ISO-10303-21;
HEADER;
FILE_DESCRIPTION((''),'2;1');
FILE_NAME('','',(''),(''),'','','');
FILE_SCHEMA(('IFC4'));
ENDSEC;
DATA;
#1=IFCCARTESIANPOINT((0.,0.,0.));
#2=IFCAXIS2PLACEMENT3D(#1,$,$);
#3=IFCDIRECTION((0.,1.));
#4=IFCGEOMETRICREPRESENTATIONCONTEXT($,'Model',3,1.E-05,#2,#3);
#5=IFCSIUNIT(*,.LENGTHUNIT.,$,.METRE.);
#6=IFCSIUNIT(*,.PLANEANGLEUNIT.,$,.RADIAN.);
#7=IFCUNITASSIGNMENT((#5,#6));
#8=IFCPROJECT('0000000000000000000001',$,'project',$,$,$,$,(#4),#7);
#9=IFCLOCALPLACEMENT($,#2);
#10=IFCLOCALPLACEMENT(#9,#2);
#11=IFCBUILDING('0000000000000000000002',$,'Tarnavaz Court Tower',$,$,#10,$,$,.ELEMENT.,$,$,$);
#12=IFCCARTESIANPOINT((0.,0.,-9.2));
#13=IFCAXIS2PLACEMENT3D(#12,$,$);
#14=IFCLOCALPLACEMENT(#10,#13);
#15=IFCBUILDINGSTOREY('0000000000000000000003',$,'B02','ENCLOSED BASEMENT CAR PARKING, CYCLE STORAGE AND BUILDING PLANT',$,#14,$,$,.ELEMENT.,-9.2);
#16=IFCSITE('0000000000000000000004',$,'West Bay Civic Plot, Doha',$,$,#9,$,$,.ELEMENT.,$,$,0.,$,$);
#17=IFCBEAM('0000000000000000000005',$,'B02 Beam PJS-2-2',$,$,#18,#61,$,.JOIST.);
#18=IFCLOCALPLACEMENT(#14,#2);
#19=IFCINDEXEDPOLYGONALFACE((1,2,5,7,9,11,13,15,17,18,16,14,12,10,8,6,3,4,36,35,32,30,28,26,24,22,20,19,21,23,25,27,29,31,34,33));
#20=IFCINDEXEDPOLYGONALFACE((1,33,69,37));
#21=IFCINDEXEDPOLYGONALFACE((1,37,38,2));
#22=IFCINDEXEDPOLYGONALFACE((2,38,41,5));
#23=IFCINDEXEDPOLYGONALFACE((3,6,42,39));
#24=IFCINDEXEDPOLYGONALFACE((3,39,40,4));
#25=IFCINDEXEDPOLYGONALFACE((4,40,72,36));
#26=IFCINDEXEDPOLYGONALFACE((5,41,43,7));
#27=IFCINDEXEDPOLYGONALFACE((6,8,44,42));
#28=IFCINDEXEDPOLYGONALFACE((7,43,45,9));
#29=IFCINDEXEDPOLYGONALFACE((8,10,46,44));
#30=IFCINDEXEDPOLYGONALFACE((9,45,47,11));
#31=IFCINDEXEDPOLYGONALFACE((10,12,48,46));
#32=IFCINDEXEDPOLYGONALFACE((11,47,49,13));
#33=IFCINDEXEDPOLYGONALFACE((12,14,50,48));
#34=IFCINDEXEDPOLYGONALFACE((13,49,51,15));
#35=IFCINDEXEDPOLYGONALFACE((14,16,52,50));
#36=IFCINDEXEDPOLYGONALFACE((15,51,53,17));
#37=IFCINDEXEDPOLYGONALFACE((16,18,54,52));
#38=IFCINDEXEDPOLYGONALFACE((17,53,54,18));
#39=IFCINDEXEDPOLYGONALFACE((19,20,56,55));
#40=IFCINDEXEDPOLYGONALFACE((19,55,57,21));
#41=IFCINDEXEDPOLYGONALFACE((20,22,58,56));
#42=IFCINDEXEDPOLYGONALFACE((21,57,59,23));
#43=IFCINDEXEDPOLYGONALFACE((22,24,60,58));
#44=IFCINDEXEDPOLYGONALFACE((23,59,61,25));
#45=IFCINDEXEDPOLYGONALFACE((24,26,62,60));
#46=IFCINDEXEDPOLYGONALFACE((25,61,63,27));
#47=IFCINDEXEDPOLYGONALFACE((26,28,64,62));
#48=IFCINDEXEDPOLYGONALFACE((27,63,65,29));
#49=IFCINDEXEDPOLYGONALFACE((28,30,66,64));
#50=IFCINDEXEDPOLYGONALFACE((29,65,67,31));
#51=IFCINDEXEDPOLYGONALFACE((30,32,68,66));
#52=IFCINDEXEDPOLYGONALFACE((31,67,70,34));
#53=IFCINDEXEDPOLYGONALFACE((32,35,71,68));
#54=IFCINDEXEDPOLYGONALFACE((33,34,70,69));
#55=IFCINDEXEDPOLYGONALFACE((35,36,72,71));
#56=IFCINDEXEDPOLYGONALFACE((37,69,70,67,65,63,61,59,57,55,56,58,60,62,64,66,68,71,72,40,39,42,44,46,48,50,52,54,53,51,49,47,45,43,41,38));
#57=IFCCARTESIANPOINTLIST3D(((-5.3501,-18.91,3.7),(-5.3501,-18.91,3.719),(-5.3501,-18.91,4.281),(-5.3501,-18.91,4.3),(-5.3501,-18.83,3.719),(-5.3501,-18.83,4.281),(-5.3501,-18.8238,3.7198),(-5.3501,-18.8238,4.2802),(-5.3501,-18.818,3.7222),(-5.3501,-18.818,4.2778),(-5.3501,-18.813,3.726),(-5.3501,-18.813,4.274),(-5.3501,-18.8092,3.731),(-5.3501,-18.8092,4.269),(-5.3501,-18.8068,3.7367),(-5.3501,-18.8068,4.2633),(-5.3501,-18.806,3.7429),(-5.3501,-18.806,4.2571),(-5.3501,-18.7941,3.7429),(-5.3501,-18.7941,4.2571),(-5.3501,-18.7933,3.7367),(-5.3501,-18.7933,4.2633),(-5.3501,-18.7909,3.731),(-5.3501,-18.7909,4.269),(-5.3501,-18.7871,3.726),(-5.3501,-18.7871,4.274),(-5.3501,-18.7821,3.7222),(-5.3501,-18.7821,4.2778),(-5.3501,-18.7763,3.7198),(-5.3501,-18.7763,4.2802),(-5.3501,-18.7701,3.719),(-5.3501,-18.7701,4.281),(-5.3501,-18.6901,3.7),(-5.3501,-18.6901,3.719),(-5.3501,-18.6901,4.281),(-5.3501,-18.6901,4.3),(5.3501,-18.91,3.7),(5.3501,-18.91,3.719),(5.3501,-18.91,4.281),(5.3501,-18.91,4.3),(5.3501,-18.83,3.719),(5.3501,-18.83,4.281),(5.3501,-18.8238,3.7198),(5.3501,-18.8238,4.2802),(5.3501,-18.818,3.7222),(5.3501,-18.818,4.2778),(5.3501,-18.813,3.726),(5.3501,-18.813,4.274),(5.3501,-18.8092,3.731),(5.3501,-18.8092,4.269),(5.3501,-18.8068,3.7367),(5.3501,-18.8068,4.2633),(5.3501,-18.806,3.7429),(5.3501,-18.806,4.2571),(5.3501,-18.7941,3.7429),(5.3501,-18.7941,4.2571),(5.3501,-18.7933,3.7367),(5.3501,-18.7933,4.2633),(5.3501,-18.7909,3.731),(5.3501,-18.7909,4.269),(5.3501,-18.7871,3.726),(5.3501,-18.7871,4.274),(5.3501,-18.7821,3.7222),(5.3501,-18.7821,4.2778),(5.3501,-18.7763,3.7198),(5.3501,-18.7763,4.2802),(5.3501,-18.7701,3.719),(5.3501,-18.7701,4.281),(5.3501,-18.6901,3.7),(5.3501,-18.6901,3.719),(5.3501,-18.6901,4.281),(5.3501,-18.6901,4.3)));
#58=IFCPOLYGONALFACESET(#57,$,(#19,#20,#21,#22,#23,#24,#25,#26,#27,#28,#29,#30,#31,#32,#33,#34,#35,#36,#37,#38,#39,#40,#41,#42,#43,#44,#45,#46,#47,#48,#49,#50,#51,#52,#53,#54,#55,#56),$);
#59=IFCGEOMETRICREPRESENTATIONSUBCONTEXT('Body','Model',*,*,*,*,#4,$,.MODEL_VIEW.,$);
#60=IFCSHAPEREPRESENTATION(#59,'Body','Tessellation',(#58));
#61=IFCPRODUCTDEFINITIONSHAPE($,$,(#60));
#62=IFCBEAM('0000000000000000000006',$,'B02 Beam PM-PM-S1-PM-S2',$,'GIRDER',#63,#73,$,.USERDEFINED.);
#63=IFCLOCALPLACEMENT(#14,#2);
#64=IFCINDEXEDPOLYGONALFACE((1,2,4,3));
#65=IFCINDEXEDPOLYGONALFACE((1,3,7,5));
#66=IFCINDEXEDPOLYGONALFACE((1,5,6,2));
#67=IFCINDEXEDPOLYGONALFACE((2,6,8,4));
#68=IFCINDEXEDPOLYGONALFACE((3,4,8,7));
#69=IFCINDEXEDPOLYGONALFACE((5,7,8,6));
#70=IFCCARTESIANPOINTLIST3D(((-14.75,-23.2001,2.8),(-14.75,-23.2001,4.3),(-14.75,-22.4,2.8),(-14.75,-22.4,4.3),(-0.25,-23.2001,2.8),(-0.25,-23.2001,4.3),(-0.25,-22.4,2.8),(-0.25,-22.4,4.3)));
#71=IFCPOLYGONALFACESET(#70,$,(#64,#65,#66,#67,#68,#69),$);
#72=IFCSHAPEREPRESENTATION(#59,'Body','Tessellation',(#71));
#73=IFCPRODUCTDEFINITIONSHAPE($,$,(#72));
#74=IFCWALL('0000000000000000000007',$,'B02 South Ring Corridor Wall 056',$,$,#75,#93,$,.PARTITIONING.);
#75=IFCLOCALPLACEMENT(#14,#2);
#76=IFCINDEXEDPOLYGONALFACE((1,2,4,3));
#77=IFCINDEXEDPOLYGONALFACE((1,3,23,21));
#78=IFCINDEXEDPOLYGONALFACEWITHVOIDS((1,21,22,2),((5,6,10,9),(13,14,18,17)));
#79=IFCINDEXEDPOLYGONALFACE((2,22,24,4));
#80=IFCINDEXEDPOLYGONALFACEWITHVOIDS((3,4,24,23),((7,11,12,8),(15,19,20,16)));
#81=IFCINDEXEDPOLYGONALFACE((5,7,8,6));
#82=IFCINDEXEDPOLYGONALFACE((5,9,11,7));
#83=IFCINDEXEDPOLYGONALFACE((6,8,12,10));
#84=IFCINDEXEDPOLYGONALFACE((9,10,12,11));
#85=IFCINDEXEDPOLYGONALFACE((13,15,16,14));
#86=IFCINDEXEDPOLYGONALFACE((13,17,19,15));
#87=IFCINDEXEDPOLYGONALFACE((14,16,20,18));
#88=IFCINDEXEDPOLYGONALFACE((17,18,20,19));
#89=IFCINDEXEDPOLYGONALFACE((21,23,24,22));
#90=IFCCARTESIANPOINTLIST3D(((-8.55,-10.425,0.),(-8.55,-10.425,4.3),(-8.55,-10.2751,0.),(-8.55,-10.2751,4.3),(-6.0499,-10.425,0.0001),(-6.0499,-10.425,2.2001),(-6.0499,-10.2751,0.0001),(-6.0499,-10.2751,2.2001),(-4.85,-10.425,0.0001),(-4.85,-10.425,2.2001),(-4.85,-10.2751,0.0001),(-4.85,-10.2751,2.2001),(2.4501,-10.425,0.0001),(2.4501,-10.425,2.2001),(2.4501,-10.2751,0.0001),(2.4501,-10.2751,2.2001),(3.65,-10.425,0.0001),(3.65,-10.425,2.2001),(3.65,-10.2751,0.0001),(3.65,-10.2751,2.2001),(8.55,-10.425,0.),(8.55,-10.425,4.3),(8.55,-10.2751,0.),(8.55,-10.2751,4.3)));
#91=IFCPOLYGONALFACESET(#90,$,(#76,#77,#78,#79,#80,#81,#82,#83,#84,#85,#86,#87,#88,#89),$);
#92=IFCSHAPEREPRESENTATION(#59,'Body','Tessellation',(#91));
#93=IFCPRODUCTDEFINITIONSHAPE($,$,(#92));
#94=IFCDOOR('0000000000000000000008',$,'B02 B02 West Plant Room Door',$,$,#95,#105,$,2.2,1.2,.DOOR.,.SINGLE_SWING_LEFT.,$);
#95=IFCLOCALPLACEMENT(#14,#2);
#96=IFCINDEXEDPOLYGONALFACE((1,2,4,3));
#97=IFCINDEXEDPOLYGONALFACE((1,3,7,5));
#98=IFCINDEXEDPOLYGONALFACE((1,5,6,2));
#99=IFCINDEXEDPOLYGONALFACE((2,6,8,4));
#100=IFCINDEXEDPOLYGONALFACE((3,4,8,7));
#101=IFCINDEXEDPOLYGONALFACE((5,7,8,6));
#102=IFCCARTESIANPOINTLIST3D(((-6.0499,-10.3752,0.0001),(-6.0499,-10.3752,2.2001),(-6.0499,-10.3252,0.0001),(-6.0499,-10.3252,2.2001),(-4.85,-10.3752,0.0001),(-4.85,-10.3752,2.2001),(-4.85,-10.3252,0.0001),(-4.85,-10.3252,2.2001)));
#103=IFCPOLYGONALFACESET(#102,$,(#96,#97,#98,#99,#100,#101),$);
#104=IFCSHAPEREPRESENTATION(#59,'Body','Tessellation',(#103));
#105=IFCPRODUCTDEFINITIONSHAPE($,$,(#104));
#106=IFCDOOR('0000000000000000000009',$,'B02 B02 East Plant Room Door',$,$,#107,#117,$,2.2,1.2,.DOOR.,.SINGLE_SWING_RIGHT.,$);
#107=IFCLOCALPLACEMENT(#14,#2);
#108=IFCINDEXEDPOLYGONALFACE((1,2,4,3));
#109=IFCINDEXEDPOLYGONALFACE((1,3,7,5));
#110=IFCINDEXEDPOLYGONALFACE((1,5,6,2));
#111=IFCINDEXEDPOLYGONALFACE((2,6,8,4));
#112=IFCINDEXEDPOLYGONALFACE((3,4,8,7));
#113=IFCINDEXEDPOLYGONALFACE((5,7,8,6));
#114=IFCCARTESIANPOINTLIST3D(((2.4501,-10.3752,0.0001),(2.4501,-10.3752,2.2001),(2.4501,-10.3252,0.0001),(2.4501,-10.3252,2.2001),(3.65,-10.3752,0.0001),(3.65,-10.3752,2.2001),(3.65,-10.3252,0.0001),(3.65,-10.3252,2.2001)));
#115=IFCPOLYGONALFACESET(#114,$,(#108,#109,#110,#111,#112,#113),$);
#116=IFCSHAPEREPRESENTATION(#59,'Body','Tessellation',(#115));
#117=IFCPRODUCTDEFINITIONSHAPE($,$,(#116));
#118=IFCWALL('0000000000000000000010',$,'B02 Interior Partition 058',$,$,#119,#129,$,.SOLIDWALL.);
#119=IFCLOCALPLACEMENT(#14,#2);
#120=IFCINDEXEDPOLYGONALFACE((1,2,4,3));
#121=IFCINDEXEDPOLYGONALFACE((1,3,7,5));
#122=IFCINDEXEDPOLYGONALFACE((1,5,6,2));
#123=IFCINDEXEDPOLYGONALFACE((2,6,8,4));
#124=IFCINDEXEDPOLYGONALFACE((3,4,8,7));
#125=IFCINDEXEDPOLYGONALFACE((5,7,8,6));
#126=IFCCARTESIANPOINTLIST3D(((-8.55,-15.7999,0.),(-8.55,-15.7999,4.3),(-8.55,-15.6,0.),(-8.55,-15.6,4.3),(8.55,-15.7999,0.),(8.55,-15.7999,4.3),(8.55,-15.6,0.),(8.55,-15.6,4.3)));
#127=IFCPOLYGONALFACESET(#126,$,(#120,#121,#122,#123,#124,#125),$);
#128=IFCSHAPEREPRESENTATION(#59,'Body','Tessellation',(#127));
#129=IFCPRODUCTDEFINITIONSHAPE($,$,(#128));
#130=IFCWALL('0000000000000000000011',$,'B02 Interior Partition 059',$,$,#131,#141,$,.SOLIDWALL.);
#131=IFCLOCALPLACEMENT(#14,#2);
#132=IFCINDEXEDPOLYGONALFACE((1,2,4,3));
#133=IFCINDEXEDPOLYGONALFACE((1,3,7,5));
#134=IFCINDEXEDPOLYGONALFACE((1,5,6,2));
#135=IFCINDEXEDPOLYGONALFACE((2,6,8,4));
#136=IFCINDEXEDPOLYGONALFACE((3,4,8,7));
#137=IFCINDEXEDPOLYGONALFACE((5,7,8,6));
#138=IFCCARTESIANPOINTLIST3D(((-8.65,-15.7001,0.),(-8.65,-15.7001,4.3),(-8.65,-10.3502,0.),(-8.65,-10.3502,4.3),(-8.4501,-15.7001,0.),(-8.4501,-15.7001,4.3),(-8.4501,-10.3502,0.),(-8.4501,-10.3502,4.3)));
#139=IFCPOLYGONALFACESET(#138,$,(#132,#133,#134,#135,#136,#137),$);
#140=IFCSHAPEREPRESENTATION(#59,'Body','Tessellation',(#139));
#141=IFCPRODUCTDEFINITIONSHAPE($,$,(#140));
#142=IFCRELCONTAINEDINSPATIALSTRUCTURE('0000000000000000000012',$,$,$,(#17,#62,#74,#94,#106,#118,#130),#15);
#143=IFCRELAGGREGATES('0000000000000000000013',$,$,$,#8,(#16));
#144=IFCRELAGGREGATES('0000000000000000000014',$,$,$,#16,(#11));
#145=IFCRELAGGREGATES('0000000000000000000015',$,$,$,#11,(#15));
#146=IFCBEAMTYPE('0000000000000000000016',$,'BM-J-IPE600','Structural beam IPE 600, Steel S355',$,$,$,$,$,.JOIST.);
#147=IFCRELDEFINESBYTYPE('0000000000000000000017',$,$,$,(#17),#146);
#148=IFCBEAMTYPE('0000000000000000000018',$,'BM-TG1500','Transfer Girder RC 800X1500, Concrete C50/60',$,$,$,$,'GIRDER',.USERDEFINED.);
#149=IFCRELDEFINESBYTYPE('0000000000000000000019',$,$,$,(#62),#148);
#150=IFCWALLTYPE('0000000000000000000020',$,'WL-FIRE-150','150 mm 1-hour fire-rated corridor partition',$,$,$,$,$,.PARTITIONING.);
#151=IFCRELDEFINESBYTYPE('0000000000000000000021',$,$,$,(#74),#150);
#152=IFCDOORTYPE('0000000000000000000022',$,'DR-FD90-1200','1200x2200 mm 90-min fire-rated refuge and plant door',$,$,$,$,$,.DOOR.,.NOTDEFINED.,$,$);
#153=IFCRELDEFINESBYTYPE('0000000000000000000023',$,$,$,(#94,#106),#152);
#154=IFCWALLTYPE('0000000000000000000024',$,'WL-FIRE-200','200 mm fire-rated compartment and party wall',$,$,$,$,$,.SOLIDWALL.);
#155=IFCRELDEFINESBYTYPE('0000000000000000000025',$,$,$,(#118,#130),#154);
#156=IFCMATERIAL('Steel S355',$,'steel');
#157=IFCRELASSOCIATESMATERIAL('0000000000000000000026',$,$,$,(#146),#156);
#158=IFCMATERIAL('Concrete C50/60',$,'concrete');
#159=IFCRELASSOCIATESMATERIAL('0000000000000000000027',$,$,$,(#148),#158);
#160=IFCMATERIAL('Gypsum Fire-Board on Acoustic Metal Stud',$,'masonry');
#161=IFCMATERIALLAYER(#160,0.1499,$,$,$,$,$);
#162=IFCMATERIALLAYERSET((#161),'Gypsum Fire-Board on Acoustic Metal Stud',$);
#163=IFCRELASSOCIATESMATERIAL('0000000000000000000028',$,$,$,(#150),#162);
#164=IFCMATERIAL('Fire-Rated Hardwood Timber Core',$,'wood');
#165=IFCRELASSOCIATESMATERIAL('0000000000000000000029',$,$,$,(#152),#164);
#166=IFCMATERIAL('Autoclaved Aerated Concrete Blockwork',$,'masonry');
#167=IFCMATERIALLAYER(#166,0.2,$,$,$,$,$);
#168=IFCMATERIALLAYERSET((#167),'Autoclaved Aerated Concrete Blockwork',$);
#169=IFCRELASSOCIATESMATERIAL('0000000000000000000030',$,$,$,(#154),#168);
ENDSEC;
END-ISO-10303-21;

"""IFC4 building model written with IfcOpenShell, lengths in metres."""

from ifc_helpers import new_model, si_unit, direction, frame, frame_2d, origin, origin_2d, place, context, subcontext, project, spatial, rectangle, i_section, extrude, material, layer, layer_set, material_profile, profile_set, type_object, element, fill, save


model = new_model("IFC4")

# Units and contexts
model_context = context("Model", 3, precision=1e-05, world=origin(), true_north=direction((0.0, 1.0)))
body_context = subcontext(model_context, "Body", "Model", "MODEL_VIEW")
ifc_project = project(units=[si_unit("LENGTHUNIT", "METRE"), si_unit("PLANEANGLEUNIT", "RADIAN")], contexts=[model_context])

# Site, building, storey
site_placement = place(None, origin())
site = spatial("IfcSite", under=ifc_project, at=site_placement, Name="West Bay Civic Plot, Doha", CompositionType="ELEMENT", RefElevation=0.0)
building_placement = place(site_placement, origin())
building = spatial("IfcBuilding", under=site, at=building_placement, Name="Tarnavaz Court Tower", CompositionType="ELEMENT")
storey_placement = place(building_placement, frame((0.0, 0.0, -9.2)))
storey = spatial("IfcBuildingStorey", under=building, at=storey_placement, Name="B02", Description="ENCLOSED BASEMENT CAR PARKING, CYCLE STORAGE AND BUILDING PLANT", CompositionType="ELEMENT", Elevation=-9.2)

# Shared definitions
ifc_material_1 = material(Name="Concrete C50/60", Category="concrete")

# Beams
ifc_material_2 = material(Name="Steel S355", Category="steel")
ifc_material_profile_1 = material_profile(ifc_material_2, i_section(OverallWidth=0.22, OverallDepth=0.6001, WebThickness=0.012, FlangeThickness=0.019, FilletRadius=0.0239, at=origin_2d()), Name="IPE 600")
ifc_profile_set_1 = profile_set([ifc_material_profile_1], Name="Steel S355")
beam_type_1 = type_object("IfcBeamType", Name="BM-J-IPE600", Description="Structural beam IPE 600, Steel S355", PredefinedType="JOIST", material=ifc_profile_set_1)
beam_1_placement = place(storey_placement, frame((-5.3501, -18.8, 4.0), z_axis=(1.0, 0.0, 0.0), x_axis=(0.0, 1.0, 0.0)))
element("IfcBeam", 1, at=beam_1_placement, inside=storey, type_object=beam_type_1, Name="B02 Beam PJS-2-2", PredefinedType="JOIST", context=body_context, shape_type="SweptSolid", body=[
    extrude(i_section(OverallWidth=0.22, OverallDepth=0.6001, WebThickness=0.012, FlangeThickness=0.019, FilletRadius=0.0239, at=origin_2d()), origin(), (0.0, 0.0, 1.0), 10.7002),
])
ifc_material_profile_2 = material_profile(ifc_material_1, rectangle(XDim=0.8, YDim=1.5, at=origin_2d()), Name="RC 800X1500")
ifc_profile_set_2 = profile_set([ifc_material_profile_2], Name="Concrete C50/60")
beam_type_2 = type_object("IfcBeamType", Name="BM-TG1500", Description="Transfer Girder RC 800X1500, Concrete C50/60", ElementType="GIRDER", PredefinedType="USERDEFINED", material=ifc_profile_set_2)
beam_2_placement = place(storey_placement, frame((-14.75, -22.8, 3.55), z_axis=(1.0, 0.0, 0.0), x_axis=(0.0, 1.0, 0.0)))
element("IfcBeam", 2, at=beam_2_placement, inside=storey, type_object=beam_type_2, Name="B02 Beam PM-PM-S1-PM-S2", ObjectType="GIRDER", PredefinedType="USERDEFINED", context=body_context, shape_type="SweptSolid", body=[
    extrude(rectangle(XDim=0.8, YDim=1.5, at=origin_2d()), origin(), (0.0, 0.0, 1.0), 14.5),
])

# Wall, openings, doors
ifc_material_3 = material(Name="Gypsum Fire-Board on Acoustic Metal Stud", Category="masonry")
ifc_layer_1 = layer(ifc_material_3, 0.1499)
ifc_layer_set_1 = layer_set([ifc_layer_1], Name="Gypsum Fire-Board on Acoustic Metal Stud")
wall_type_1 = type_object("IfcWallType", Name="WL-FIRE-150", Description="150 mm 1-hour fire-rated corridor partition", PredefinedType="PARTITIONING", material=ifc_layer_set_1)
wall_1_placement = place(storey_placement, frame((-8.55, -10.3501, 0.0), z_axis=(0.0, 0.0, 1.0), x_axis=(1.0, 0.0, 0.0)))
wall_1 = element("IfcWall", 3, at=wall_1_placement, inside=storey, type_object=wall_type_1, Name="B02 South Ring Corridor Wall 056", PredefinedType="PARTITIONING", context=body_context, shape_type="SweptSolid", body=[
    extrude(rectangle(XDim=17.1001, YDim=0.1499, at=frame_2d((8.55, 0.0))), origin(), (0.0, 0.0, 1.0), 4.3),
])
opening_1_placement = place(wall_1_placement, frame((2.5, 0.0, 0.0)))
opening_1 = element("IfcOpeningElement", 4, at=opening_1_placement, cuts=wall_1, PredefinedType="OPENING", context=body_context, shape_type="SweptSolid", body=[
    extrude(rectangle(XDim=1.2, YDim=2.2, at=frame_2d((0.6001, 1.1001))), frame((0.0, 0.085, 0.0), z_axis=(0.0, -1.0, 0.0), x_axis=(1.0, 0.0, 0.0)), (0.0, 0.0, 1.0), 0.1699),
])
opening_2_placement = place(wall_1_placement, frame((11.0, 0.0, 0.0)))
opening_2 = element("IfcOpeningElement", 5, at=opening_2_placement, cuts=wall_1, PredefinedType="OPENING", context=body_context, shape_type="SweptSolid", body=[
    extrude(rectangle(XDim=1.2, YDim=2.2, at=frame_2d((0.6001, 1.1001))), frame((0.0, 0.085, 0.0), z_axis=(0.0, -1.0, 0.0), x_axis=(1.0, 0.0, 0.0)), (0.0, 0.0, 1.0), 0.1699),
])
ifc_material_4 = material(Name="Fire-Rated Hardwood Timber Core", Category="wood")
door_type = type_object("IfcDoorType", Name="DR-FD90-1200", Description="1200x2200 mm 90-min fire-rated refuge and plant door", OperationType="NOTDEFINED", PredefinedType="DOOR", material=ifc_material_4)
door_1_placement = place(opening_1_placement, origin())
door_1 = element("IfcDoor", 6, at=door_1_placement, inside=storey, type_object=door_type, Name="B02 B02 West Plant Room Door", OperationType="SINGLE_SWING_LEFT", OverallHeight=2.2, OverallWidth=1.2, PredefinedType="DOOR", context=body_context, shape_type="SweptSolid", body=[
    extrude(rectangle(XDim=1.2, YDim=2.2, at=frame_2d((0.6001, 1.1001))), frame((0.0, 0.0249, 0.0), z_axis=(0.0, -1.0, 0.0), x_axis=(1.0, 0.0, 0.0)), (0.0, 0.0, 1.0), 0.05),
])
fill(opening_1, door_1)
door_2_placement = place(opening_2_placement, origin())
door_2 = element("IfcDoor", 7, at=door_2_placement, inside=storey, type_object=door_type, Name="B02 B02 East Plant Room Door", OperationType="SINGLE_SWING_RIGHT", OverallHeight=2.2, OverallWidth=1.2, PredefinedType="DOOR", context=body_context, shape_type="SweptSolid", body=[
    extrude(rectangle(XDim=1.2, YDim=2.2, at=frame_2d((0.6001, 1.1001))), frame((0.0, 0.0249, 0.0), z_axis=(0.0, -1.0, 0.0), x_axis=(1.0, 0.0, 0.0)), (0.0, 0.0, 1.0), 0.05),
])
fill(opening_2, door_2)

# Walls
ifc_material_5 = material(Name="Autoclaved Aerated Concrete Blockwork", Category="masonry")
ifc_layer_2 = layer(ifc_material_5, 0.2)
ifc_layer_set_2 = layer_set([ifc_layer_2], Name="Autoclaved Aerated Concrete Blockwork")
wall_type_2 = type_object("IfcWallType", Name="WL-FIRE-200", Description="200 mm fire-rated compartment and party wall", PredefinedType="SOLIDWALL", material=ifc_layer_set_2)
wall_2_placement = place(storey_placement, frame((-8.55, -15.7, 0.0), z_axis=(0.0, 0.0, 1.0), x_axis=(1.0, 0.0, 0.0)))
element("IfcWall", 8, at=wall_2_placement, inside=storey, type_object=wall_type_2, Name="B02 Interior Partition 058", PredefinedType="SOLIDWALL", context=body_context, shape_type="SweptSolid", body=[
    extrude(rectangle(XDim=17.1001, YDim=0.2, at=frame_2d((8.55, 0.0))), origin(), (0.0, 0.0, 1.0), 4.3),
])
wall_3_placement = place(storey_placement, frame((-8.55, -15.7, 0.0), z_axis=(0.0, 0.0, 1.0), x_axis=(0.0, 1.0, 0.0)))
element("IfcWall", 9, at=wall_3_placement, inside=storey, type_object=wall_type_2, Name="B02 Interior Partition 059", PredefinedType="SOLIDWALL", context=body_context, shape_type="SweptSolid", body=[
    extrude(rectangle(XDim=5.3499, YDim=0.2, at=frame_2d((2.6748, 0.0))), origin(), (0.0, 0.0, 1.0), 4.3),
])

save(model, "model.ifc")
